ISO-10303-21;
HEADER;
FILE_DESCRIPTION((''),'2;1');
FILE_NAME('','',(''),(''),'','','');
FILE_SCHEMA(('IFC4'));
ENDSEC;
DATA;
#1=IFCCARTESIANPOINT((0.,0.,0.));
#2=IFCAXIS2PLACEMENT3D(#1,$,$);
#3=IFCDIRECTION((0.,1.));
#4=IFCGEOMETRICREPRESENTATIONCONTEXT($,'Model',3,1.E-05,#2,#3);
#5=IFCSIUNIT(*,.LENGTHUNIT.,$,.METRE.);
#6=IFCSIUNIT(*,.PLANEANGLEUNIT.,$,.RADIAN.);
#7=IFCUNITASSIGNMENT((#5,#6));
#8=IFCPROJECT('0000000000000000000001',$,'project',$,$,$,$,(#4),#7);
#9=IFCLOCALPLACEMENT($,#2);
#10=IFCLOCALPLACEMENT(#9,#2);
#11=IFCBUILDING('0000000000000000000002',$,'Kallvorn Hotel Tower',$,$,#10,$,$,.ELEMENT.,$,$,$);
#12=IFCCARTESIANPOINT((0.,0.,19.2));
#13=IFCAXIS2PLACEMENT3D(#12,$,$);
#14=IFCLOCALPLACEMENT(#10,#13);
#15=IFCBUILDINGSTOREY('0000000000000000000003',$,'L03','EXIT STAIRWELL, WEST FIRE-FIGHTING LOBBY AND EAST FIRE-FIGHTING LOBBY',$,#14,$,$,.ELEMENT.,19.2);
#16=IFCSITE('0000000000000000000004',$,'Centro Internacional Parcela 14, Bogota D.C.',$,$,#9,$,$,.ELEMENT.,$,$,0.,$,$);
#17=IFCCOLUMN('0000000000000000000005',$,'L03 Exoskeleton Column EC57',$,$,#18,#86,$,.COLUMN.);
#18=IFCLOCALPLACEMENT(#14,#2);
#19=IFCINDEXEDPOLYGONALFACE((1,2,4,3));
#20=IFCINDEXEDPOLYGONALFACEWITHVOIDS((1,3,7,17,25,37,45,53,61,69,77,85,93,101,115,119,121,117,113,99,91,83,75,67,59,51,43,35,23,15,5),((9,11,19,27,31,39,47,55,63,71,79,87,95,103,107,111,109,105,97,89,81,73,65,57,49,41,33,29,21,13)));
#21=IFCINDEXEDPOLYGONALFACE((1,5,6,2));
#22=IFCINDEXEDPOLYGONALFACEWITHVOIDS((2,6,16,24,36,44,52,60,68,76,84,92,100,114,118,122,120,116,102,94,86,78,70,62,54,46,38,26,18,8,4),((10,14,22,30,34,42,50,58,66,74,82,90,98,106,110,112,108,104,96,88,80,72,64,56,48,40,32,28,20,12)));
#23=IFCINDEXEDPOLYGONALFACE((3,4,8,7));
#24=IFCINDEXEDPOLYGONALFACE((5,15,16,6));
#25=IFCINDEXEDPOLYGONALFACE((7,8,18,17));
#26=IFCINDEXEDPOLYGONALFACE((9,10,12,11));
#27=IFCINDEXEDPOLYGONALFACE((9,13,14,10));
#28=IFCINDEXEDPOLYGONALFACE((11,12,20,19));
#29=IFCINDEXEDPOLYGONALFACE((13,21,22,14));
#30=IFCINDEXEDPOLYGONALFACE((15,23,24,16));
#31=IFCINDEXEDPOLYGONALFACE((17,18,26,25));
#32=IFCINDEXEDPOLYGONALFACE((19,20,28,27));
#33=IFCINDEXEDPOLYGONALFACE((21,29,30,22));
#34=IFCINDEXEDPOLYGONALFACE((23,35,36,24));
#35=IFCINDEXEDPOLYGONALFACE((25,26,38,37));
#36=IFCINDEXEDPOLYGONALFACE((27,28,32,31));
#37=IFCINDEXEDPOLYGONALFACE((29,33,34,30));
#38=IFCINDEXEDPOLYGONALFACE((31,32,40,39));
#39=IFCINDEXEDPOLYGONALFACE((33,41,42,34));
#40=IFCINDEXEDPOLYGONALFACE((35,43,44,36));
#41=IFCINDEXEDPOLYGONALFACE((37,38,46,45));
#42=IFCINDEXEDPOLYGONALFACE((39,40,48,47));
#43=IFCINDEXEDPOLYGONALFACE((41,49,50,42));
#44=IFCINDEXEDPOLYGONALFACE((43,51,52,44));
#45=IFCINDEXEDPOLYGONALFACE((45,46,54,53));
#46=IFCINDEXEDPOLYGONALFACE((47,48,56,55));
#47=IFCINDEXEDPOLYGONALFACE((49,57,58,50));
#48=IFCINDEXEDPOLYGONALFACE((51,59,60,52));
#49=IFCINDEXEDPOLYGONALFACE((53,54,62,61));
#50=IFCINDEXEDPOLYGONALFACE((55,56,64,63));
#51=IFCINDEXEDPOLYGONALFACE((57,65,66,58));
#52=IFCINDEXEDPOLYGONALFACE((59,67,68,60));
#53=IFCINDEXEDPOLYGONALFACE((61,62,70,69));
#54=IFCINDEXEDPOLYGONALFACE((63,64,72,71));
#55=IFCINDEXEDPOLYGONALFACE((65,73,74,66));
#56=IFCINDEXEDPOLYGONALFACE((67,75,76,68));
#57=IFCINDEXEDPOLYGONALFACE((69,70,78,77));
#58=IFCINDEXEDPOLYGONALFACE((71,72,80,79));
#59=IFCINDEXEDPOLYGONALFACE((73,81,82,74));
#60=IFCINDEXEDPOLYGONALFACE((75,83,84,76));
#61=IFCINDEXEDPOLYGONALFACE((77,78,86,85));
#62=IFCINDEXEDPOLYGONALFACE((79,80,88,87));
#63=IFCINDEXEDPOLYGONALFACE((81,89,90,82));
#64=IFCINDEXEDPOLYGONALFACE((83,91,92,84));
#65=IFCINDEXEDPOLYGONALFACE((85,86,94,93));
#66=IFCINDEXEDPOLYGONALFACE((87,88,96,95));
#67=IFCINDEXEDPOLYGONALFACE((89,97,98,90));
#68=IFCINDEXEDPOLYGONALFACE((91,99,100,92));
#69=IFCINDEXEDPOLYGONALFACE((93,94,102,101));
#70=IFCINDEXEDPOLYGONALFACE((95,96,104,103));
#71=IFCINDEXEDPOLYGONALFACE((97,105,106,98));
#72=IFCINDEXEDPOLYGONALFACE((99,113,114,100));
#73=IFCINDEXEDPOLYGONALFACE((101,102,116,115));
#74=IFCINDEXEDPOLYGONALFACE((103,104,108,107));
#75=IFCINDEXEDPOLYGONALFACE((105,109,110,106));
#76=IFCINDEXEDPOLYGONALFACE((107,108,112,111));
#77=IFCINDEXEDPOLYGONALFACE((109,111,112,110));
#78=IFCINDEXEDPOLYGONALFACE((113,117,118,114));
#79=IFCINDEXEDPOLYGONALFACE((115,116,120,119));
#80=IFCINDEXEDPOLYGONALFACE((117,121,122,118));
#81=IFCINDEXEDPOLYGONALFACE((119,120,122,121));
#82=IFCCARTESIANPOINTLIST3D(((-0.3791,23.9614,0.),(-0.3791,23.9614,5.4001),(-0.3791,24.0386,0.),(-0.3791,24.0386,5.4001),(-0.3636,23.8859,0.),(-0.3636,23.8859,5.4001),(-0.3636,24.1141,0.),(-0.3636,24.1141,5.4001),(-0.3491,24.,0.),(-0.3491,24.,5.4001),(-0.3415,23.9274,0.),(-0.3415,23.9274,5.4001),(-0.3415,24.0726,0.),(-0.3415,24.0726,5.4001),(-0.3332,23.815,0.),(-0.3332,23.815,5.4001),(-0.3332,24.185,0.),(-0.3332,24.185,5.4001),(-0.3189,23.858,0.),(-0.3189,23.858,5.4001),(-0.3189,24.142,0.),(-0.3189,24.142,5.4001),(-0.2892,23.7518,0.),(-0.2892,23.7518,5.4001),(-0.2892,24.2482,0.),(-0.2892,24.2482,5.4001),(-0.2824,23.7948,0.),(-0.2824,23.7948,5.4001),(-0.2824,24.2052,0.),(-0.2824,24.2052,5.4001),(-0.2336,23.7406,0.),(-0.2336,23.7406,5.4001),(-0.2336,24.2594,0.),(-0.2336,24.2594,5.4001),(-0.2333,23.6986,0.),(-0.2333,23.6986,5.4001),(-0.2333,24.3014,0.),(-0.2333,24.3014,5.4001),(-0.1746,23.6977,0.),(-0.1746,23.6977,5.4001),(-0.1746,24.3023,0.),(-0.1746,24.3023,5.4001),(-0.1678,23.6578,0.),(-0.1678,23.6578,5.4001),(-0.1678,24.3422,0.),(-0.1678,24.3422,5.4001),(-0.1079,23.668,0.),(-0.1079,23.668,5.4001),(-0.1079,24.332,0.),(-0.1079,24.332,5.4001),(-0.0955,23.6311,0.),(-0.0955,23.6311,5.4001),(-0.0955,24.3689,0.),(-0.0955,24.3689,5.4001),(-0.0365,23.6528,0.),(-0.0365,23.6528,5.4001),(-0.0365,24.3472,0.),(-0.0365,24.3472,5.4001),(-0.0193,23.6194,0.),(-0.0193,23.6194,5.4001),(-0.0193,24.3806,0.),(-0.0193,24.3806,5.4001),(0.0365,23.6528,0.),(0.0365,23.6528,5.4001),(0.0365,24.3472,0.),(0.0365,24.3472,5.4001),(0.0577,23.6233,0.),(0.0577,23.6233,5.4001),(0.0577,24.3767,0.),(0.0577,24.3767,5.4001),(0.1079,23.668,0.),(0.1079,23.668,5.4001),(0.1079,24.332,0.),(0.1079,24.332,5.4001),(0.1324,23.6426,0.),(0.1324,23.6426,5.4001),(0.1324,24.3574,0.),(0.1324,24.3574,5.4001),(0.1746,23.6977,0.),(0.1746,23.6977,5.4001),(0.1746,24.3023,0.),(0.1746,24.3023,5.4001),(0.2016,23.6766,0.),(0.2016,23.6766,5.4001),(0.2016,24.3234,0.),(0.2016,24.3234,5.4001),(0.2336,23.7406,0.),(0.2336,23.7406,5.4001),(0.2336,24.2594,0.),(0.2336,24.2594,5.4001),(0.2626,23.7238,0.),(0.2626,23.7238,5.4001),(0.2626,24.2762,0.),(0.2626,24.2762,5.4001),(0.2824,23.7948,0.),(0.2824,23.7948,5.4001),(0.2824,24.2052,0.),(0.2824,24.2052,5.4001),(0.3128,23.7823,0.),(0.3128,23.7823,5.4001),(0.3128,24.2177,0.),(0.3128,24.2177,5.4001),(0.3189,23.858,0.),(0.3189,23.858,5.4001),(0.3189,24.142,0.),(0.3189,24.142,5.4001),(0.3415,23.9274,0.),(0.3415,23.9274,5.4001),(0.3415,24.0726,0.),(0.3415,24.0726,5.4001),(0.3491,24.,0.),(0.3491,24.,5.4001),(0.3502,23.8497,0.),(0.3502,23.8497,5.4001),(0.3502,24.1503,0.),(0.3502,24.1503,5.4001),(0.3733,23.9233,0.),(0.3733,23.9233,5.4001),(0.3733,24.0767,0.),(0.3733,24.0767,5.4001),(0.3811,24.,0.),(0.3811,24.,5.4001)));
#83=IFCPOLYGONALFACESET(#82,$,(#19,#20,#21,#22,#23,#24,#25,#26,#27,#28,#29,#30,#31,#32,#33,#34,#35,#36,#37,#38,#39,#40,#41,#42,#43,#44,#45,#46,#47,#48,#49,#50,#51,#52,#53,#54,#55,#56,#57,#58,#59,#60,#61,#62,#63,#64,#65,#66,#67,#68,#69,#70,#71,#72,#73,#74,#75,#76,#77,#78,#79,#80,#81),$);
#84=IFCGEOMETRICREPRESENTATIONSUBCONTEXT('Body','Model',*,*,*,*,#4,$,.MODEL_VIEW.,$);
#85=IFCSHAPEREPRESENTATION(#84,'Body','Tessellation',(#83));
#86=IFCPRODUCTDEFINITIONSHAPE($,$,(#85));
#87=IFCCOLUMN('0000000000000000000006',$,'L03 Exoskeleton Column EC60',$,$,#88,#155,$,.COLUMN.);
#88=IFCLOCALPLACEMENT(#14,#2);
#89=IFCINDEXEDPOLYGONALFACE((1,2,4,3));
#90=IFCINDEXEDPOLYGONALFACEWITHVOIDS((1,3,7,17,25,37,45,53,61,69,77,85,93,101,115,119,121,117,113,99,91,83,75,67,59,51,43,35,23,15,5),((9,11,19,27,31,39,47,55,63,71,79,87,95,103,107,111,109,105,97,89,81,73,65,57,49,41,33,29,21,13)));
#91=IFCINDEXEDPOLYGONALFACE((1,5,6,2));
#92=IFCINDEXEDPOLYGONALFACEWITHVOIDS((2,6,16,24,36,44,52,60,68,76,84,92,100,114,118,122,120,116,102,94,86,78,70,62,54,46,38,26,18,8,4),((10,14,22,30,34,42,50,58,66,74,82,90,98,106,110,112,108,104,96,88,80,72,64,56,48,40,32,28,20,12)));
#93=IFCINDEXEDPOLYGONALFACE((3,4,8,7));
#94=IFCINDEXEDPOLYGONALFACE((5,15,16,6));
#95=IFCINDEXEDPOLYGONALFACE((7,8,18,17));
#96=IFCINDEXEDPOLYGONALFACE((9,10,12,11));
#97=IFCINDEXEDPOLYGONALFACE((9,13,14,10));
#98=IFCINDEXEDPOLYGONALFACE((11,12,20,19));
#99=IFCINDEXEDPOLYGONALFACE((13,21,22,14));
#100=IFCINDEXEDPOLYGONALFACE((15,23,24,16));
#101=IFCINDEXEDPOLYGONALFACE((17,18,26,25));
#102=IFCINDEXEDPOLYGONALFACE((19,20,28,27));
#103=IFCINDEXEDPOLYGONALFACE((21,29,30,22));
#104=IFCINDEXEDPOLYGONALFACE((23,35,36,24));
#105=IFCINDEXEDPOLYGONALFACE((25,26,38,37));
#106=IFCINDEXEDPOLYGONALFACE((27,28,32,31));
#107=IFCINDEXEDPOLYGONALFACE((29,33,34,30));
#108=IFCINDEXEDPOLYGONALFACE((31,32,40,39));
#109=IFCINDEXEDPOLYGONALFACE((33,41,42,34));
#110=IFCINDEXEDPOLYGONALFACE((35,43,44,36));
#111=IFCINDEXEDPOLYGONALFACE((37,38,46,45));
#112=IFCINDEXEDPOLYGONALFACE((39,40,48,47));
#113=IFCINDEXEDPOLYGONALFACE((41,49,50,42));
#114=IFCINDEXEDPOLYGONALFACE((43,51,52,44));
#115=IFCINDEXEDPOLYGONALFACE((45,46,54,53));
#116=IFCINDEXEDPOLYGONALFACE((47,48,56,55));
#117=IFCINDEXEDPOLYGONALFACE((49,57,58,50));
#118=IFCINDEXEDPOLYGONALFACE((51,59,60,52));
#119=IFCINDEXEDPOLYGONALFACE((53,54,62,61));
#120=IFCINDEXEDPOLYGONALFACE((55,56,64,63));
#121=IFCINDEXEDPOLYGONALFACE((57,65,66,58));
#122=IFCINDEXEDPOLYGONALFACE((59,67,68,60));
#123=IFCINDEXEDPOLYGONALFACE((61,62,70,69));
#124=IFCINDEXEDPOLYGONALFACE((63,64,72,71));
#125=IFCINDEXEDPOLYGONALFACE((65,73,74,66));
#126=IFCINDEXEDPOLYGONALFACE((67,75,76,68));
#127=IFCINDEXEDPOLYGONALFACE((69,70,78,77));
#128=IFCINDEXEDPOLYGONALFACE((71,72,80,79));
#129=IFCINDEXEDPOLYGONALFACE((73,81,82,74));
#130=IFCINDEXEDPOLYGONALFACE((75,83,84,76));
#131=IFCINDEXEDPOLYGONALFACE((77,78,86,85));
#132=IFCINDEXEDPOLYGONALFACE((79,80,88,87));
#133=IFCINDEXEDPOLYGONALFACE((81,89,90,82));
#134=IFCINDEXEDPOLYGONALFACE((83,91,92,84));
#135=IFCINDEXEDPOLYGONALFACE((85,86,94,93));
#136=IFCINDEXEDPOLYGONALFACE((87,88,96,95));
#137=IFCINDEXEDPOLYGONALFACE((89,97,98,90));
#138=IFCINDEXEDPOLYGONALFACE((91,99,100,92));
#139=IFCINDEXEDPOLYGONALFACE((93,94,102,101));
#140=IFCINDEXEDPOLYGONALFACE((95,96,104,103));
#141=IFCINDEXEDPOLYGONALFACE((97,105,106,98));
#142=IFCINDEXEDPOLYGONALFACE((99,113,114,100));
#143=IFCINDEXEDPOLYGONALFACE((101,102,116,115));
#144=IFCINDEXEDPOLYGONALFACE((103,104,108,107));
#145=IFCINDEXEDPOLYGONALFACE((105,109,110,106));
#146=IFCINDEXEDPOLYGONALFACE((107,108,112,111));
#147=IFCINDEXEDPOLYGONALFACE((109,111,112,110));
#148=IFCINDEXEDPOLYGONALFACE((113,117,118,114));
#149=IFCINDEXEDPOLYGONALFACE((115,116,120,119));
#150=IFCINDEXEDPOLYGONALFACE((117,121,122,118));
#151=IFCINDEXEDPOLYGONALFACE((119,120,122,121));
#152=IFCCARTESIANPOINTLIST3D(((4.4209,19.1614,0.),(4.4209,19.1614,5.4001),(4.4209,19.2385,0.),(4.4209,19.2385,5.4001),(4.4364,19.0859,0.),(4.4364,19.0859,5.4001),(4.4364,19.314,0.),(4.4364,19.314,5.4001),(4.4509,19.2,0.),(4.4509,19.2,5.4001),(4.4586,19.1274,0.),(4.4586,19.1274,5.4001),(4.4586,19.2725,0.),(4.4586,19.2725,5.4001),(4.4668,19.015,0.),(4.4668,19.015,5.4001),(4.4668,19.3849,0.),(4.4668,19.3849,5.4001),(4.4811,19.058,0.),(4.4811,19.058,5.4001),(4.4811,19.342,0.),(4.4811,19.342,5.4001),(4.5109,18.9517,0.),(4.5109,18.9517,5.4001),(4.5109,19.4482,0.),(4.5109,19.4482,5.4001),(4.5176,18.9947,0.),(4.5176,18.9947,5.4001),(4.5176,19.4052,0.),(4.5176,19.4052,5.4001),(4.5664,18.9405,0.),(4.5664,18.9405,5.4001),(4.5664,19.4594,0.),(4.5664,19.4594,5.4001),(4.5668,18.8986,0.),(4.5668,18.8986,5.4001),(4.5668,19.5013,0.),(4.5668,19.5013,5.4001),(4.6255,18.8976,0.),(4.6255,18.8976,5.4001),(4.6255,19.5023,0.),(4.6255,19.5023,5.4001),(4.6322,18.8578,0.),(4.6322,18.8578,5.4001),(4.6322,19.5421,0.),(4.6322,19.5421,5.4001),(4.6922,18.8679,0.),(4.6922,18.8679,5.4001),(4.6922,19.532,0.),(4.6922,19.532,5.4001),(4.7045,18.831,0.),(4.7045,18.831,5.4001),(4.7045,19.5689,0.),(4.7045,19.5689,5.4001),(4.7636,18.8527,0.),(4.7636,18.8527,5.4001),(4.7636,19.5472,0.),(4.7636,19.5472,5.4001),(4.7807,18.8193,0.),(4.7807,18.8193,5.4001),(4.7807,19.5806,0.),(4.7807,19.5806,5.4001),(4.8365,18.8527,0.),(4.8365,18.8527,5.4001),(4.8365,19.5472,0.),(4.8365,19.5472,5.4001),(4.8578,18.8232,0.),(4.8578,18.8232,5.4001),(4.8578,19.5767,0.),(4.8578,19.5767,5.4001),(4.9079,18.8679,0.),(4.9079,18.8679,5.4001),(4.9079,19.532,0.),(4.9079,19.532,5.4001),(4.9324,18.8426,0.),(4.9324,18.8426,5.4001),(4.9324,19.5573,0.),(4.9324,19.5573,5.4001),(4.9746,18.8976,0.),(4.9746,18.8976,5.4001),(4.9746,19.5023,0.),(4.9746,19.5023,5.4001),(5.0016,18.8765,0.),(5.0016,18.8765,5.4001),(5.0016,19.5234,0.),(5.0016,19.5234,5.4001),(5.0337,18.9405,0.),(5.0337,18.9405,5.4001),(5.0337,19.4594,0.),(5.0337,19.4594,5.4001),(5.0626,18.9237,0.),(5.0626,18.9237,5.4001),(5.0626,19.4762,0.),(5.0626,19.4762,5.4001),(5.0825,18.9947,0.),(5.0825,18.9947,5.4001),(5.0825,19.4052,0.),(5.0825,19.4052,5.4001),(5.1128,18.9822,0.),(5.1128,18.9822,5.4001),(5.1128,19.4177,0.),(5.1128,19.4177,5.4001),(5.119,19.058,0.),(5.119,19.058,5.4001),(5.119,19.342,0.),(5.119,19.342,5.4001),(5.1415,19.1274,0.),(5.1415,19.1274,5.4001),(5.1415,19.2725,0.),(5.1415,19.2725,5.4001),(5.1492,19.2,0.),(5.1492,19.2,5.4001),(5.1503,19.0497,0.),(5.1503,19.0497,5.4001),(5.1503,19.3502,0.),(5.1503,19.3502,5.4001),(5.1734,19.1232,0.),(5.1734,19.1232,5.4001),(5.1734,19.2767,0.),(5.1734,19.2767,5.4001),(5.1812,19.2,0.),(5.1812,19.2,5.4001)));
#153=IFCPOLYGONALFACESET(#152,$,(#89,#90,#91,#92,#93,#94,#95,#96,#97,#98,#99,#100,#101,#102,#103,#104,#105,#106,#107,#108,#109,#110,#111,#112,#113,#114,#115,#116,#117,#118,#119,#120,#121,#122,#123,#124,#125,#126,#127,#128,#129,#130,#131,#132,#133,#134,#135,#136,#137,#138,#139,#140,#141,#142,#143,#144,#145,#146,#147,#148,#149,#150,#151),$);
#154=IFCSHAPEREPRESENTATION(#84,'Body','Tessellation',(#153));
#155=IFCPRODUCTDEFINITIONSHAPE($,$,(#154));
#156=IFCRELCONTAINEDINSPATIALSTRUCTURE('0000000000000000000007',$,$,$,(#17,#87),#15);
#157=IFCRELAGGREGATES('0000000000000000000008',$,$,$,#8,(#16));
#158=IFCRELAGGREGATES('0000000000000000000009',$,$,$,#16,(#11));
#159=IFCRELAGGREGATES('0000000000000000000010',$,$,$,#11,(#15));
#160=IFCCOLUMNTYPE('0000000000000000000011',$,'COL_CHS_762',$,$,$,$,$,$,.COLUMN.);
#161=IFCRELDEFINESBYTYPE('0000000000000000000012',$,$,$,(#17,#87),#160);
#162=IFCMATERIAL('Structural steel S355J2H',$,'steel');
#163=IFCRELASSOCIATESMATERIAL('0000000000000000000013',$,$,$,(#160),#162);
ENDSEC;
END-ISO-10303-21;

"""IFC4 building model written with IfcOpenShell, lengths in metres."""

from ifc_helpers import new_model, si_unit, direction, frame, origin, origin_2d, place, context, subcontext, project, spatial, hollow_circle, extrude, material, material_profile, profile_set, type_object, element, save


model = new_model("IFC4")

# Units and contexts
model_context = context("Model", 3, precision=1e-05, world=origin(), true_north=direction((0.0, 1.0)))
body_context = subcontext(model_context, "Body", "Model", "MODEL_VIEW")
ifc_project = project(units=[si_unit("LENGTHUNIT", "METRE"), si_unit("PLANEANGLEUNIT", "RADIAN")], contexts=[model_context])

# Site, building, storey
site_placement = place(None, origin())
site = spatial("IfcSite", under=ifc_project, at=site_placement, Name="Centro Internacional Parcela 14, Bogota D.C.", CompositionType="ELEMENT", RefElevation=0.0)
building_placement = place(site_placement, origin())
building = spatial("IfcBuilding", under=site, at=building_placement, Name="Kallvorn Hotel Tower", CompositionType="ELEMENT")
storey_placement = place(building_placement, frame((0.0, 0.0, 19.2)))
storey = spatial("IfcBuildingStorey", under=building, at=storey_placement, Name="L03", Description="EXIT STAIRWELL, WEST FIRE-FIGHTING LOBBY AND EAST FIRE-FIGHTING LOBBY", CompositionType="ELEMENT", Elevation=19.2)

# Columns
ifc_material_1 = material(Name="Structural steel S355J2H", Category="steel")
ifc_material_profile_1 = material_profile(ifc_material_1, hollow_circle(Radius=0.3811, WallThickness=0.032, at=origin_2d()), Name="CHS 762x32")
ifc_profile_set_1 = profile_set([ifc_material_profile_1], Name="Structural steel S355J2H")
column_type_1 = type_object("IfcColumnType", Name="COL_CHS_762", PredefinedType="COLUMN", material=ifc_profile_set_1)
for number, where, z_axis, x_axis, name in (
    (1, (0.0, 24.0, 0.0), (0.0, 0.0, 1.0), (1.0, 0.0, 0.0), "L03 Exoskeleton Column EC57"),
    (2, (4.8, 19.2, 0.0), (0.0, 0.0, 1.0), (1.0, 0.0, 0.0), "L03 Exoskeleton Column EC60"),
):
    element("IfcColumn", number, at=place(storey_placement, frame(where, z_axis=z_axis, x_axis=x_axis)), inside=storey, type_object=column_type_1, Name=name, PredefinedType="COLUMN", context=body_context, shape_type="SweptSolid", body=[
        extrude(hollow_circle(Radius=0.3811, WallThickness=0.032, at=origin_2d()), origin(), (0.0, 0.0, 1.0), 5.4001),
    ])

save(model, "model.ifc")
